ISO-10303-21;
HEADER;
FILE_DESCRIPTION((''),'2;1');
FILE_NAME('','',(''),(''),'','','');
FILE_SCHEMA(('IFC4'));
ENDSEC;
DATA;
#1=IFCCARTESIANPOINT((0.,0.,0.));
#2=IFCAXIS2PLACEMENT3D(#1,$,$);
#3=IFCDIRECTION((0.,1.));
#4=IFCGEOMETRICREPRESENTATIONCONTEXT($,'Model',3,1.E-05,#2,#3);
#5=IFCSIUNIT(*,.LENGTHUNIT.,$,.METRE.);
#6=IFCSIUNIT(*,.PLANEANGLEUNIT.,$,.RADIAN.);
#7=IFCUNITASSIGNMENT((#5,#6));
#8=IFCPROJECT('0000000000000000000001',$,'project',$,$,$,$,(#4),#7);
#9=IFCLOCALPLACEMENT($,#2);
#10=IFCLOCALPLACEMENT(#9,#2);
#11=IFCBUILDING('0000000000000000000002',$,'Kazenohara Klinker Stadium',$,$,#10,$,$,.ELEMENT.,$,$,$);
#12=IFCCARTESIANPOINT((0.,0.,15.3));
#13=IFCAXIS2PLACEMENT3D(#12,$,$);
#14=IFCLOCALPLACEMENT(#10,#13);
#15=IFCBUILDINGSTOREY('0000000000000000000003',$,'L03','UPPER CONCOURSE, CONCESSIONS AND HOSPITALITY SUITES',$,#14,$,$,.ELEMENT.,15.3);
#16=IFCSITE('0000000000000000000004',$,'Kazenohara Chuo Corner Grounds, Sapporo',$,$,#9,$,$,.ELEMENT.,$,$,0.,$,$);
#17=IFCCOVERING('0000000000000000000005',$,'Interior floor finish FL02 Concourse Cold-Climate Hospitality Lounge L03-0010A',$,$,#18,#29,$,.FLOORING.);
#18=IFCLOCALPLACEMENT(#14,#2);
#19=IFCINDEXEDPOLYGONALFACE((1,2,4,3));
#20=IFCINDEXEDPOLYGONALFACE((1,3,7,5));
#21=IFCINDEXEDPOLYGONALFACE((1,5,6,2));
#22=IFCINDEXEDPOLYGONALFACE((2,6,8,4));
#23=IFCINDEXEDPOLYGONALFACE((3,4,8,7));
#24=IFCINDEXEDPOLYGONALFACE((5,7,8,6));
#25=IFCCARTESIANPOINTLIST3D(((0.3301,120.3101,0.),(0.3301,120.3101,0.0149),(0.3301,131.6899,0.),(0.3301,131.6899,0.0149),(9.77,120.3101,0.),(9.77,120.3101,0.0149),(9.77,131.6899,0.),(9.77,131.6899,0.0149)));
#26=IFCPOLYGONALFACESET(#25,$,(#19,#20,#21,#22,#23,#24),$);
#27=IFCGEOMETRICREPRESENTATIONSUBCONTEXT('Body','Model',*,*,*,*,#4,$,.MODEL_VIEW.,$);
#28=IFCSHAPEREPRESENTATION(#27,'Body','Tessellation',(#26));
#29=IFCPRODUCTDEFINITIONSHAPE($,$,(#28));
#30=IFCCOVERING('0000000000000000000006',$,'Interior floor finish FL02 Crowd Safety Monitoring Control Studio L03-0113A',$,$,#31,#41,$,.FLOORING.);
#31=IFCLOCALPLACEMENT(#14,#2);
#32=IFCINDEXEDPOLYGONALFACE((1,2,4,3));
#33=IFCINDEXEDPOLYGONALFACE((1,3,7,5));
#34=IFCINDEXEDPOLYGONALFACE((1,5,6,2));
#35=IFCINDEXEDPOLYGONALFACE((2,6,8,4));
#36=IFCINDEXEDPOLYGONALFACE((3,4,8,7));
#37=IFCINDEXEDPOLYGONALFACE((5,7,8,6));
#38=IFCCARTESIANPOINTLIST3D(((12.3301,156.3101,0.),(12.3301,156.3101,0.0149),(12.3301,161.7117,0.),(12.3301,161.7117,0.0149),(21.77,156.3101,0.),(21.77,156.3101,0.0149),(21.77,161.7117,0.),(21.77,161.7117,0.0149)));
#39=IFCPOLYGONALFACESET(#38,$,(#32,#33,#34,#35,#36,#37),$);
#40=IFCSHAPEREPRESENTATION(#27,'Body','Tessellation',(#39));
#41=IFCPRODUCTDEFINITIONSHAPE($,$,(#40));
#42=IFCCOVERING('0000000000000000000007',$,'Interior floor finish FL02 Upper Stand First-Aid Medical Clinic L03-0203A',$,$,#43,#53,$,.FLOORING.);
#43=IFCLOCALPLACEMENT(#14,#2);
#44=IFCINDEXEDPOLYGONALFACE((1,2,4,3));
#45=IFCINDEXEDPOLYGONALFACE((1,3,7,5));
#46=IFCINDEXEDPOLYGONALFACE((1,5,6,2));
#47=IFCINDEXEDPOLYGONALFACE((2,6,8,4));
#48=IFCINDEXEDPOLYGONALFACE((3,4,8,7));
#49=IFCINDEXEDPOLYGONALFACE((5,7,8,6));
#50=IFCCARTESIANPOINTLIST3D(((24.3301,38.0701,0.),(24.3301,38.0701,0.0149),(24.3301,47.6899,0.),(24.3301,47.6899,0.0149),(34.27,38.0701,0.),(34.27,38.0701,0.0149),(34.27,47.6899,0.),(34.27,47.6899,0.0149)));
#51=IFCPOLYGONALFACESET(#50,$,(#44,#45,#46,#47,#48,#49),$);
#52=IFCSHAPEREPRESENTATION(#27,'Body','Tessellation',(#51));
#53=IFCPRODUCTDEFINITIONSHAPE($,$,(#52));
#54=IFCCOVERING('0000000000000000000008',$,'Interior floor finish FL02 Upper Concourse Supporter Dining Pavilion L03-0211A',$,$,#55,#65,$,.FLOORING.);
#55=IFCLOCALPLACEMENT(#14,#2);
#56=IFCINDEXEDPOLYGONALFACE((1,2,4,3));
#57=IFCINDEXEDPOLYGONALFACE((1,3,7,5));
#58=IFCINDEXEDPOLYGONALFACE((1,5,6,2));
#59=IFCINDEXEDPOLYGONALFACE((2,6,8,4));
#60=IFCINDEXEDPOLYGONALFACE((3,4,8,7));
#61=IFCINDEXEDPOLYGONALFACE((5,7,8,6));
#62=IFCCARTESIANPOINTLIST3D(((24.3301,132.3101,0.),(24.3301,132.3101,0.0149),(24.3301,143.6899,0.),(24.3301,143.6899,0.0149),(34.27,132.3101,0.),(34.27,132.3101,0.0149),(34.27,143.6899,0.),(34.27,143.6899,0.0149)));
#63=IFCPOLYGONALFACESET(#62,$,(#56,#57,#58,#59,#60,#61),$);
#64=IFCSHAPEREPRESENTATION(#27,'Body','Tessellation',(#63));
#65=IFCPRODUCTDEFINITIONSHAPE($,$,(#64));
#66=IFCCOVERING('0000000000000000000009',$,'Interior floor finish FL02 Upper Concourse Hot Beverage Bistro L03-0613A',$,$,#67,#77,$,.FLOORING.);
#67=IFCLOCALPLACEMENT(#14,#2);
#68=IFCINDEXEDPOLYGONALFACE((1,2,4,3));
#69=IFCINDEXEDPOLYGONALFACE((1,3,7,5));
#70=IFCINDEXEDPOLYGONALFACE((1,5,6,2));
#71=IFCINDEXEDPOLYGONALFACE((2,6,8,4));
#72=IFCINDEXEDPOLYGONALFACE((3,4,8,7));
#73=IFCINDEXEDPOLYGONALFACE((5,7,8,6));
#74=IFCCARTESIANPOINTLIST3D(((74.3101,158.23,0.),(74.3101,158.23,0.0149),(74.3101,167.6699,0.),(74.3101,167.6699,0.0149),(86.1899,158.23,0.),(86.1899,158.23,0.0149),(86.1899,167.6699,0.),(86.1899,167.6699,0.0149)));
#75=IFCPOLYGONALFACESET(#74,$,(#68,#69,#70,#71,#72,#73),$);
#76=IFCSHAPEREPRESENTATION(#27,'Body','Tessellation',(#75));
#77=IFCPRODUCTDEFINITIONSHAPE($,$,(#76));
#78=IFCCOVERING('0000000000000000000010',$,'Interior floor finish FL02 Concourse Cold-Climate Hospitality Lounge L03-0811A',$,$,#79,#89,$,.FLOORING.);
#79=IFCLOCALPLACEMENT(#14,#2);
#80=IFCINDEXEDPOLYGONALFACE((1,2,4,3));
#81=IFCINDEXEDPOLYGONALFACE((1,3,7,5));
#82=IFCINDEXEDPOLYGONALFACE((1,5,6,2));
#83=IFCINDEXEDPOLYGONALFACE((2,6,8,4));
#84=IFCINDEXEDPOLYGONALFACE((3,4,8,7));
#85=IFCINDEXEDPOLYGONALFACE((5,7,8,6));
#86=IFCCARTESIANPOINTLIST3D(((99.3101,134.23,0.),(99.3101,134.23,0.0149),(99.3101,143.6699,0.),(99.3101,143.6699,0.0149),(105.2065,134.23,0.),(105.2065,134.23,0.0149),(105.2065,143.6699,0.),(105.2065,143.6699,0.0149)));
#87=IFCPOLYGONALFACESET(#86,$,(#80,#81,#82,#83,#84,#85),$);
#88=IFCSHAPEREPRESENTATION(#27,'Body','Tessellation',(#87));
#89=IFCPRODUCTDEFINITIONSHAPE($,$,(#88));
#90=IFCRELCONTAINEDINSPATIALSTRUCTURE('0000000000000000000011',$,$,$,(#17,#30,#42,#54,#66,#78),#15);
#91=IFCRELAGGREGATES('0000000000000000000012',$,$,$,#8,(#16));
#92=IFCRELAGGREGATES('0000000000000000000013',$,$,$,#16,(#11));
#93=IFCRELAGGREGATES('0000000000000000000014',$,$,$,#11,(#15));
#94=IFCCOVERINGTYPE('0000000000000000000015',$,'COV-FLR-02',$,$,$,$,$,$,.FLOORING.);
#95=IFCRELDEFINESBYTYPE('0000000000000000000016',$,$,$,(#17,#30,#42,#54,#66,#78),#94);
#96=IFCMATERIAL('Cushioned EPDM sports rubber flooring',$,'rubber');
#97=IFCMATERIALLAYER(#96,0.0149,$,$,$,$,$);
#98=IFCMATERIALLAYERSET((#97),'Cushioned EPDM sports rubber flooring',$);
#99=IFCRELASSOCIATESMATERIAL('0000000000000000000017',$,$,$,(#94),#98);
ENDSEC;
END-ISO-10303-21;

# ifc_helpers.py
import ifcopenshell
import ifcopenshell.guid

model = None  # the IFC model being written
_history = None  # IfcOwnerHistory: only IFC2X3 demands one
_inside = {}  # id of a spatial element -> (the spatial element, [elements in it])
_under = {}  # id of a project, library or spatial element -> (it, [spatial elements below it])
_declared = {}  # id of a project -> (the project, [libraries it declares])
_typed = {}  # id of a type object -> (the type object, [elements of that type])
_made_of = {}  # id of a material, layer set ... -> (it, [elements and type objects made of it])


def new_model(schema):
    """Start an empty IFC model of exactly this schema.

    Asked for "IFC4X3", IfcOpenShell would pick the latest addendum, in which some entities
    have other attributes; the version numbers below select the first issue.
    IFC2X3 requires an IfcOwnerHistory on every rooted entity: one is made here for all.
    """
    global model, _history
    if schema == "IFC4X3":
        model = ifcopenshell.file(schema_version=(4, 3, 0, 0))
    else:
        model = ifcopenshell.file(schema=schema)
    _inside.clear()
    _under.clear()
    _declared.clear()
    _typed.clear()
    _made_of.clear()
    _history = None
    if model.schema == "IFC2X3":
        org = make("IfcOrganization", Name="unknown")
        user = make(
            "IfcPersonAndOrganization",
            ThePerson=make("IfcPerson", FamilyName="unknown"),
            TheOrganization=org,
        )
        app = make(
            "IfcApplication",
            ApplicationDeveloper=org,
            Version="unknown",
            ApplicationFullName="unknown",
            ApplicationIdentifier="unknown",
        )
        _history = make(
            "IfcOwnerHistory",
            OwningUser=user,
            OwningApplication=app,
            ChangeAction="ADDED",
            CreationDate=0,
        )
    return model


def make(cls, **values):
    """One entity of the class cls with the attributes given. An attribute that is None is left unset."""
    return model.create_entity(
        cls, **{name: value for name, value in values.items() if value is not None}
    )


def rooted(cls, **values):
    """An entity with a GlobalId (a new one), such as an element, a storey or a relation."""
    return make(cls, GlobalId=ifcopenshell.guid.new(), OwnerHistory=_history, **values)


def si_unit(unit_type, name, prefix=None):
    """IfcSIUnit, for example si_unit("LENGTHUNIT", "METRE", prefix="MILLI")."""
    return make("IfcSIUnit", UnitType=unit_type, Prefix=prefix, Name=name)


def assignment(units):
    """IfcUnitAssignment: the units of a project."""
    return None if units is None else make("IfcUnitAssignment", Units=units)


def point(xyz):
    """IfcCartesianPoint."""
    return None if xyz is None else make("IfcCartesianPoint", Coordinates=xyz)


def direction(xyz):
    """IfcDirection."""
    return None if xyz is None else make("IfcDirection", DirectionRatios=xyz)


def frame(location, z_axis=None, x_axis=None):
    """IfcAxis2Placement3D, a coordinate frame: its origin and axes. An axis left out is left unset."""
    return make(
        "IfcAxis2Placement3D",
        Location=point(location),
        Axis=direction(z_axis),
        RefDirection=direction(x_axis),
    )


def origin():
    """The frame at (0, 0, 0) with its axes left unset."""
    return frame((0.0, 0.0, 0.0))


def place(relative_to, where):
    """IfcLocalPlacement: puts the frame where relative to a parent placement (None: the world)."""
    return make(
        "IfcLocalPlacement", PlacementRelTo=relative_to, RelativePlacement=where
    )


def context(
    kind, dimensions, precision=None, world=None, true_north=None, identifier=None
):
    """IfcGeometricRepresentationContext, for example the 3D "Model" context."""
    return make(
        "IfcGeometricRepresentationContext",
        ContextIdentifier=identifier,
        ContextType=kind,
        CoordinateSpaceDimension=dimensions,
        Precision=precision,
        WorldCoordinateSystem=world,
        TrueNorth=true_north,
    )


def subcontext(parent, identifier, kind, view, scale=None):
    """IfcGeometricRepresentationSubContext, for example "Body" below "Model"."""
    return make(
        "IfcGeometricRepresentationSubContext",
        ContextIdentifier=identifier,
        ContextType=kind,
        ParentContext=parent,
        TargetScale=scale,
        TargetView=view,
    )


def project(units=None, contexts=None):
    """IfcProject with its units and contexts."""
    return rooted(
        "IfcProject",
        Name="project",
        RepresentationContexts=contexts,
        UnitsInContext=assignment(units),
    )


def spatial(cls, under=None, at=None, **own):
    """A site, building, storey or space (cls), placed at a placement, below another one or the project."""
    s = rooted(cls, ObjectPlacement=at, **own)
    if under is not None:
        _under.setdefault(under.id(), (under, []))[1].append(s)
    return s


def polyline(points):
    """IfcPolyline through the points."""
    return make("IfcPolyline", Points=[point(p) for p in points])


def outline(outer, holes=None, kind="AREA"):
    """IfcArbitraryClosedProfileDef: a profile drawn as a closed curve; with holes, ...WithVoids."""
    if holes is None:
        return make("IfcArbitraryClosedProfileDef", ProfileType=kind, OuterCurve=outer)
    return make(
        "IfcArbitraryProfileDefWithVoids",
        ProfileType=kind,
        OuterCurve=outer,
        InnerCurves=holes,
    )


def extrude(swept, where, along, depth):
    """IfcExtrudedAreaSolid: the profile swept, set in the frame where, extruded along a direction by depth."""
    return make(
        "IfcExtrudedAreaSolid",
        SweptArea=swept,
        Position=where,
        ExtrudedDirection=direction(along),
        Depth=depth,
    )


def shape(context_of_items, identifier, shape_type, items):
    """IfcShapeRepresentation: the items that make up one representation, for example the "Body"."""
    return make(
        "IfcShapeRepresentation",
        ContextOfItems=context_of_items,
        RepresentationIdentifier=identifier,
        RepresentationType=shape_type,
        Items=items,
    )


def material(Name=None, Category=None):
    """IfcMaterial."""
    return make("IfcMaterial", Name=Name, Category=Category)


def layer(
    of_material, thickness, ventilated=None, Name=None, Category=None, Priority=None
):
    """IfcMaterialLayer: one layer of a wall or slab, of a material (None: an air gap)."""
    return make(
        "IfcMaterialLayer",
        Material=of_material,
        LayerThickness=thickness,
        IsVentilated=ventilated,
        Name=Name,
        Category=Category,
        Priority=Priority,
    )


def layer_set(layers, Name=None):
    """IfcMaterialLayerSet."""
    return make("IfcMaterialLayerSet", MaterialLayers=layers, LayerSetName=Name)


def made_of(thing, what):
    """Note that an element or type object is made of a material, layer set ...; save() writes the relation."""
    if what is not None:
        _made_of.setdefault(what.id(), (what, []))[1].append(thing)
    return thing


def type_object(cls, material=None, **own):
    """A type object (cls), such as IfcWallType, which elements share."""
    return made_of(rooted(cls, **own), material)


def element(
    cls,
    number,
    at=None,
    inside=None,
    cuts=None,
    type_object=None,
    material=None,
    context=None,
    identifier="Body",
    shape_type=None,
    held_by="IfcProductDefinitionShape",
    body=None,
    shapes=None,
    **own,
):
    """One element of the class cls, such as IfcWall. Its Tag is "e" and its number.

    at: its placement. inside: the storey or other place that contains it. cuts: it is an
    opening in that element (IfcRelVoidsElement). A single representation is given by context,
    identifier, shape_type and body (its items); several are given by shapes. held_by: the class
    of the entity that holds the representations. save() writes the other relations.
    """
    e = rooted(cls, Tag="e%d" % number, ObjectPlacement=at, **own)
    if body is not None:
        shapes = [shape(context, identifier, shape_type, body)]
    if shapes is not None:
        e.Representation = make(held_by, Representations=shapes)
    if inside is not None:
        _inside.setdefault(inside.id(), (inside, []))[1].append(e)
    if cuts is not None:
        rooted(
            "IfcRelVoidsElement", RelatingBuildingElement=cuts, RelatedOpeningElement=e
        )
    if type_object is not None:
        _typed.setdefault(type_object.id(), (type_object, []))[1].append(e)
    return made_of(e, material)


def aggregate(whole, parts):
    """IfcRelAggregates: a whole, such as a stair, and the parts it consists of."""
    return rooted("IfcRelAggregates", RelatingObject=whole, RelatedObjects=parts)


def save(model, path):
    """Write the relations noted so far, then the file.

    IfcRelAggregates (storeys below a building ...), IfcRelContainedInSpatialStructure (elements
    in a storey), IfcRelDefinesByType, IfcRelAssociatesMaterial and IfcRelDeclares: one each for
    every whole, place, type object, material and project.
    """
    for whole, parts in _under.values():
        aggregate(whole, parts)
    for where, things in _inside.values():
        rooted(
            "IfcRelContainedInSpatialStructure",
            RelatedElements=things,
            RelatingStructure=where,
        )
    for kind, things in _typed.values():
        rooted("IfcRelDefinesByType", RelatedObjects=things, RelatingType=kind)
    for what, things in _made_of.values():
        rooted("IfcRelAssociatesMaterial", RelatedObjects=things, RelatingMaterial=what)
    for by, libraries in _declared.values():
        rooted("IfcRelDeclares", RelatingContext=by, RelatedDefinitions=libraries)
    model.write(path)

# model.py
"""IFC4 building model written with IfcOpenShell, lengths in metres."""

from ifc_helpers import new_model, si_unit, direction, frame, origin, place, context, subcontext, project, spatial, polyline, outline, extrude, material, layer, layer_set, type_object, element, save


model = new_model("IFC4")

# Units and contexts
model_context = context("Model", 3, precision=1e-05, world=origin(), true_north=direction((0.0, 1.0)))
body_context = subcontext(model_context, "Body", "Model", "MODEL_VIEW")
ifc_project = project(units=[si_unit("LENGTHUNIT", "METRE"), si_unit("PLANEANGLEUNIT", "RADIAN")], contexts=[model_context])

# Site, building, storey
site_placement = place(None, origin())
site = spatial("IfcSite", under=ifc_project, at=site_placement, Name="Kazenohara Chuo Corner Grounds, Sapporo", CompositionType="ELEMENT", RefElevation=0.0)
building_placement = place(site_placement, origin())
building = spatial("IfcBuilding", under=site, at=building_placement, Name="Kazenohara Klinker Stadium", CompositionType="ELEMENT")
storey_placement = place(building_placement, frame((0.0, 0.0, 15.3)))
storey = spatial("IfcBuildingStorey", under=building, at=storey_placement, Name="L03", Description="UPPER CONCOURSE, CONCESSIONS AND HOSPITALITY SUITES", CompositionType="ELEMENT", Elevation=15.3)

# Coverings
ifc_material_1 = material(Name="Cushioned EPDM sports rubber flooring", Category="rubber")
ifc_layer_1 = layer(ifc_material_1, 0.0149)
ifc_layer_set_1 = layer_set([ifc_layer_1], Name="Cushioned EPDM sports rubber flooring")
covering_type_1 = type_object("IfcCoveringType", Name="COV-FLR-02", PredefinedType="FLOORING", material=ifc_layer_set_1)
covering_1_placement = place(storey_placement, origin())
element("IfcCovering", 1, at=covering_1_placement, inside=storey, type_object=covering_type_1, Name="Interior floor finish FL02 Concourse Cold-Climate Hospitality Lounge L03-0010A", PredefinedType="FLOORING", context=body_context, shape_type="SweptSolid", body=[
    extrude(outline(polyline([(0.3301, 120.3101), (9.77, 120.3101), (9.77, 131.6899), (0.3301, 131.6899), (0.3301, 120.3101)])), origin(), (0.0, 0.0, 1.0), 0.0149),
])
covering_2_placement = place(storey_placement, origin())
element("IfcCovering", 2, at=covering_2_placement, inside=storey, type_object=covering_type_1, Name="Interior floor finish FL02 Crowd Safety Monitoring Control Studio L03-0113A", PredefinedType="FLOORING", context=body_context, shape_type="SweptSolid", body=[
    extrude(outline(polyline([(12.3301, 156.3101), (21.77, 156.3101), (21.77, 161.7117), (12.3301, 161.7117), (12.3301, 156.3101)])), origin(), (0.0, 0.0, 1.0), 0.0149),
])
covering_3_placement = place(storey_placement, origin())
element("IfcCovering", 3, at=covering_3_placement, inside=storey, type_object=covering_type_1, Name="Interior floor finish FL02 Upper Stand First-Aid Medical Clinic L03-0203A", PredefinedType="FLOORING", context=body_context, shape_type="SweptSolid", body=[
    extrude(outline(polyline([(24.3301, 38.0701), (34.27, 38.0701), (34.27, 47.6899), (24.3301, 47.6899), (24.3301, 38.0701)])), origin(), (0.0, 0.0, 1.0), 0.0149),
])
covering_4_placement = place(storey_placement, origin())
element("IfcCovering", 4, at=covering_4_placement, inside=storey, type_object=covering_type_1, Name="Interior floor finish FL02 Upper Concourse Supporter Dining Pavilion L03-0211A", PredefinedType="FLOORING", context=body_context, shape_type="SweptSolid", body=[
    extrude(outline(polyline([(24.3301, 132.3101), (34.27, 132.3101), (34.27, 143.6899), (24.3301, 143.6899), (24.3301, 132.3101)])), origin(), (0.0, 0.0, 1.0), 0.0149),
])
covering_5_placement = place(storey_placement, origin())
element("IfcCovering", 5, at=covering_5_placement, inside=storey, type_object=covering_type_1, Name="Interior floor finish FL02 Upper Concourse Hot Beverage Bistro L03-0613A", PredefinedType="FLOORING", context=body_context, shape_type="SweptSolid", body=[
    extrude(outline(polyline([(74.3101, 158.23), (86.1899, 158.23), (86.1899, 167.6699), (74.3101, 167.6699), (74.3101, 158.23)])), origin(), (0.0, 0.0, 1.0), 0.0149),
])
covering_6_placement = place(storey_placement, origin())
element("IfcCovering", 6, at=covering_6_placement, inside=storey, type_object=covering_type_1, Name="Interior floor finish FL02 Concourse Cold-Climate Hospitality Lounge L03-0811A", PredefinedType="FLOORING", context=body_context, shape_type="SweptSolid", body=[
    extrude(outline(polyline([(99.3101, 134.23), (105.2065, 134.23), (105.2065, 143.6699), (99.3101, 143.6699), (99.3101, 134.23)])), origin(), (0.0, 0.0, 1.0), 0.0149),
])

save(model, "model.ifc")
